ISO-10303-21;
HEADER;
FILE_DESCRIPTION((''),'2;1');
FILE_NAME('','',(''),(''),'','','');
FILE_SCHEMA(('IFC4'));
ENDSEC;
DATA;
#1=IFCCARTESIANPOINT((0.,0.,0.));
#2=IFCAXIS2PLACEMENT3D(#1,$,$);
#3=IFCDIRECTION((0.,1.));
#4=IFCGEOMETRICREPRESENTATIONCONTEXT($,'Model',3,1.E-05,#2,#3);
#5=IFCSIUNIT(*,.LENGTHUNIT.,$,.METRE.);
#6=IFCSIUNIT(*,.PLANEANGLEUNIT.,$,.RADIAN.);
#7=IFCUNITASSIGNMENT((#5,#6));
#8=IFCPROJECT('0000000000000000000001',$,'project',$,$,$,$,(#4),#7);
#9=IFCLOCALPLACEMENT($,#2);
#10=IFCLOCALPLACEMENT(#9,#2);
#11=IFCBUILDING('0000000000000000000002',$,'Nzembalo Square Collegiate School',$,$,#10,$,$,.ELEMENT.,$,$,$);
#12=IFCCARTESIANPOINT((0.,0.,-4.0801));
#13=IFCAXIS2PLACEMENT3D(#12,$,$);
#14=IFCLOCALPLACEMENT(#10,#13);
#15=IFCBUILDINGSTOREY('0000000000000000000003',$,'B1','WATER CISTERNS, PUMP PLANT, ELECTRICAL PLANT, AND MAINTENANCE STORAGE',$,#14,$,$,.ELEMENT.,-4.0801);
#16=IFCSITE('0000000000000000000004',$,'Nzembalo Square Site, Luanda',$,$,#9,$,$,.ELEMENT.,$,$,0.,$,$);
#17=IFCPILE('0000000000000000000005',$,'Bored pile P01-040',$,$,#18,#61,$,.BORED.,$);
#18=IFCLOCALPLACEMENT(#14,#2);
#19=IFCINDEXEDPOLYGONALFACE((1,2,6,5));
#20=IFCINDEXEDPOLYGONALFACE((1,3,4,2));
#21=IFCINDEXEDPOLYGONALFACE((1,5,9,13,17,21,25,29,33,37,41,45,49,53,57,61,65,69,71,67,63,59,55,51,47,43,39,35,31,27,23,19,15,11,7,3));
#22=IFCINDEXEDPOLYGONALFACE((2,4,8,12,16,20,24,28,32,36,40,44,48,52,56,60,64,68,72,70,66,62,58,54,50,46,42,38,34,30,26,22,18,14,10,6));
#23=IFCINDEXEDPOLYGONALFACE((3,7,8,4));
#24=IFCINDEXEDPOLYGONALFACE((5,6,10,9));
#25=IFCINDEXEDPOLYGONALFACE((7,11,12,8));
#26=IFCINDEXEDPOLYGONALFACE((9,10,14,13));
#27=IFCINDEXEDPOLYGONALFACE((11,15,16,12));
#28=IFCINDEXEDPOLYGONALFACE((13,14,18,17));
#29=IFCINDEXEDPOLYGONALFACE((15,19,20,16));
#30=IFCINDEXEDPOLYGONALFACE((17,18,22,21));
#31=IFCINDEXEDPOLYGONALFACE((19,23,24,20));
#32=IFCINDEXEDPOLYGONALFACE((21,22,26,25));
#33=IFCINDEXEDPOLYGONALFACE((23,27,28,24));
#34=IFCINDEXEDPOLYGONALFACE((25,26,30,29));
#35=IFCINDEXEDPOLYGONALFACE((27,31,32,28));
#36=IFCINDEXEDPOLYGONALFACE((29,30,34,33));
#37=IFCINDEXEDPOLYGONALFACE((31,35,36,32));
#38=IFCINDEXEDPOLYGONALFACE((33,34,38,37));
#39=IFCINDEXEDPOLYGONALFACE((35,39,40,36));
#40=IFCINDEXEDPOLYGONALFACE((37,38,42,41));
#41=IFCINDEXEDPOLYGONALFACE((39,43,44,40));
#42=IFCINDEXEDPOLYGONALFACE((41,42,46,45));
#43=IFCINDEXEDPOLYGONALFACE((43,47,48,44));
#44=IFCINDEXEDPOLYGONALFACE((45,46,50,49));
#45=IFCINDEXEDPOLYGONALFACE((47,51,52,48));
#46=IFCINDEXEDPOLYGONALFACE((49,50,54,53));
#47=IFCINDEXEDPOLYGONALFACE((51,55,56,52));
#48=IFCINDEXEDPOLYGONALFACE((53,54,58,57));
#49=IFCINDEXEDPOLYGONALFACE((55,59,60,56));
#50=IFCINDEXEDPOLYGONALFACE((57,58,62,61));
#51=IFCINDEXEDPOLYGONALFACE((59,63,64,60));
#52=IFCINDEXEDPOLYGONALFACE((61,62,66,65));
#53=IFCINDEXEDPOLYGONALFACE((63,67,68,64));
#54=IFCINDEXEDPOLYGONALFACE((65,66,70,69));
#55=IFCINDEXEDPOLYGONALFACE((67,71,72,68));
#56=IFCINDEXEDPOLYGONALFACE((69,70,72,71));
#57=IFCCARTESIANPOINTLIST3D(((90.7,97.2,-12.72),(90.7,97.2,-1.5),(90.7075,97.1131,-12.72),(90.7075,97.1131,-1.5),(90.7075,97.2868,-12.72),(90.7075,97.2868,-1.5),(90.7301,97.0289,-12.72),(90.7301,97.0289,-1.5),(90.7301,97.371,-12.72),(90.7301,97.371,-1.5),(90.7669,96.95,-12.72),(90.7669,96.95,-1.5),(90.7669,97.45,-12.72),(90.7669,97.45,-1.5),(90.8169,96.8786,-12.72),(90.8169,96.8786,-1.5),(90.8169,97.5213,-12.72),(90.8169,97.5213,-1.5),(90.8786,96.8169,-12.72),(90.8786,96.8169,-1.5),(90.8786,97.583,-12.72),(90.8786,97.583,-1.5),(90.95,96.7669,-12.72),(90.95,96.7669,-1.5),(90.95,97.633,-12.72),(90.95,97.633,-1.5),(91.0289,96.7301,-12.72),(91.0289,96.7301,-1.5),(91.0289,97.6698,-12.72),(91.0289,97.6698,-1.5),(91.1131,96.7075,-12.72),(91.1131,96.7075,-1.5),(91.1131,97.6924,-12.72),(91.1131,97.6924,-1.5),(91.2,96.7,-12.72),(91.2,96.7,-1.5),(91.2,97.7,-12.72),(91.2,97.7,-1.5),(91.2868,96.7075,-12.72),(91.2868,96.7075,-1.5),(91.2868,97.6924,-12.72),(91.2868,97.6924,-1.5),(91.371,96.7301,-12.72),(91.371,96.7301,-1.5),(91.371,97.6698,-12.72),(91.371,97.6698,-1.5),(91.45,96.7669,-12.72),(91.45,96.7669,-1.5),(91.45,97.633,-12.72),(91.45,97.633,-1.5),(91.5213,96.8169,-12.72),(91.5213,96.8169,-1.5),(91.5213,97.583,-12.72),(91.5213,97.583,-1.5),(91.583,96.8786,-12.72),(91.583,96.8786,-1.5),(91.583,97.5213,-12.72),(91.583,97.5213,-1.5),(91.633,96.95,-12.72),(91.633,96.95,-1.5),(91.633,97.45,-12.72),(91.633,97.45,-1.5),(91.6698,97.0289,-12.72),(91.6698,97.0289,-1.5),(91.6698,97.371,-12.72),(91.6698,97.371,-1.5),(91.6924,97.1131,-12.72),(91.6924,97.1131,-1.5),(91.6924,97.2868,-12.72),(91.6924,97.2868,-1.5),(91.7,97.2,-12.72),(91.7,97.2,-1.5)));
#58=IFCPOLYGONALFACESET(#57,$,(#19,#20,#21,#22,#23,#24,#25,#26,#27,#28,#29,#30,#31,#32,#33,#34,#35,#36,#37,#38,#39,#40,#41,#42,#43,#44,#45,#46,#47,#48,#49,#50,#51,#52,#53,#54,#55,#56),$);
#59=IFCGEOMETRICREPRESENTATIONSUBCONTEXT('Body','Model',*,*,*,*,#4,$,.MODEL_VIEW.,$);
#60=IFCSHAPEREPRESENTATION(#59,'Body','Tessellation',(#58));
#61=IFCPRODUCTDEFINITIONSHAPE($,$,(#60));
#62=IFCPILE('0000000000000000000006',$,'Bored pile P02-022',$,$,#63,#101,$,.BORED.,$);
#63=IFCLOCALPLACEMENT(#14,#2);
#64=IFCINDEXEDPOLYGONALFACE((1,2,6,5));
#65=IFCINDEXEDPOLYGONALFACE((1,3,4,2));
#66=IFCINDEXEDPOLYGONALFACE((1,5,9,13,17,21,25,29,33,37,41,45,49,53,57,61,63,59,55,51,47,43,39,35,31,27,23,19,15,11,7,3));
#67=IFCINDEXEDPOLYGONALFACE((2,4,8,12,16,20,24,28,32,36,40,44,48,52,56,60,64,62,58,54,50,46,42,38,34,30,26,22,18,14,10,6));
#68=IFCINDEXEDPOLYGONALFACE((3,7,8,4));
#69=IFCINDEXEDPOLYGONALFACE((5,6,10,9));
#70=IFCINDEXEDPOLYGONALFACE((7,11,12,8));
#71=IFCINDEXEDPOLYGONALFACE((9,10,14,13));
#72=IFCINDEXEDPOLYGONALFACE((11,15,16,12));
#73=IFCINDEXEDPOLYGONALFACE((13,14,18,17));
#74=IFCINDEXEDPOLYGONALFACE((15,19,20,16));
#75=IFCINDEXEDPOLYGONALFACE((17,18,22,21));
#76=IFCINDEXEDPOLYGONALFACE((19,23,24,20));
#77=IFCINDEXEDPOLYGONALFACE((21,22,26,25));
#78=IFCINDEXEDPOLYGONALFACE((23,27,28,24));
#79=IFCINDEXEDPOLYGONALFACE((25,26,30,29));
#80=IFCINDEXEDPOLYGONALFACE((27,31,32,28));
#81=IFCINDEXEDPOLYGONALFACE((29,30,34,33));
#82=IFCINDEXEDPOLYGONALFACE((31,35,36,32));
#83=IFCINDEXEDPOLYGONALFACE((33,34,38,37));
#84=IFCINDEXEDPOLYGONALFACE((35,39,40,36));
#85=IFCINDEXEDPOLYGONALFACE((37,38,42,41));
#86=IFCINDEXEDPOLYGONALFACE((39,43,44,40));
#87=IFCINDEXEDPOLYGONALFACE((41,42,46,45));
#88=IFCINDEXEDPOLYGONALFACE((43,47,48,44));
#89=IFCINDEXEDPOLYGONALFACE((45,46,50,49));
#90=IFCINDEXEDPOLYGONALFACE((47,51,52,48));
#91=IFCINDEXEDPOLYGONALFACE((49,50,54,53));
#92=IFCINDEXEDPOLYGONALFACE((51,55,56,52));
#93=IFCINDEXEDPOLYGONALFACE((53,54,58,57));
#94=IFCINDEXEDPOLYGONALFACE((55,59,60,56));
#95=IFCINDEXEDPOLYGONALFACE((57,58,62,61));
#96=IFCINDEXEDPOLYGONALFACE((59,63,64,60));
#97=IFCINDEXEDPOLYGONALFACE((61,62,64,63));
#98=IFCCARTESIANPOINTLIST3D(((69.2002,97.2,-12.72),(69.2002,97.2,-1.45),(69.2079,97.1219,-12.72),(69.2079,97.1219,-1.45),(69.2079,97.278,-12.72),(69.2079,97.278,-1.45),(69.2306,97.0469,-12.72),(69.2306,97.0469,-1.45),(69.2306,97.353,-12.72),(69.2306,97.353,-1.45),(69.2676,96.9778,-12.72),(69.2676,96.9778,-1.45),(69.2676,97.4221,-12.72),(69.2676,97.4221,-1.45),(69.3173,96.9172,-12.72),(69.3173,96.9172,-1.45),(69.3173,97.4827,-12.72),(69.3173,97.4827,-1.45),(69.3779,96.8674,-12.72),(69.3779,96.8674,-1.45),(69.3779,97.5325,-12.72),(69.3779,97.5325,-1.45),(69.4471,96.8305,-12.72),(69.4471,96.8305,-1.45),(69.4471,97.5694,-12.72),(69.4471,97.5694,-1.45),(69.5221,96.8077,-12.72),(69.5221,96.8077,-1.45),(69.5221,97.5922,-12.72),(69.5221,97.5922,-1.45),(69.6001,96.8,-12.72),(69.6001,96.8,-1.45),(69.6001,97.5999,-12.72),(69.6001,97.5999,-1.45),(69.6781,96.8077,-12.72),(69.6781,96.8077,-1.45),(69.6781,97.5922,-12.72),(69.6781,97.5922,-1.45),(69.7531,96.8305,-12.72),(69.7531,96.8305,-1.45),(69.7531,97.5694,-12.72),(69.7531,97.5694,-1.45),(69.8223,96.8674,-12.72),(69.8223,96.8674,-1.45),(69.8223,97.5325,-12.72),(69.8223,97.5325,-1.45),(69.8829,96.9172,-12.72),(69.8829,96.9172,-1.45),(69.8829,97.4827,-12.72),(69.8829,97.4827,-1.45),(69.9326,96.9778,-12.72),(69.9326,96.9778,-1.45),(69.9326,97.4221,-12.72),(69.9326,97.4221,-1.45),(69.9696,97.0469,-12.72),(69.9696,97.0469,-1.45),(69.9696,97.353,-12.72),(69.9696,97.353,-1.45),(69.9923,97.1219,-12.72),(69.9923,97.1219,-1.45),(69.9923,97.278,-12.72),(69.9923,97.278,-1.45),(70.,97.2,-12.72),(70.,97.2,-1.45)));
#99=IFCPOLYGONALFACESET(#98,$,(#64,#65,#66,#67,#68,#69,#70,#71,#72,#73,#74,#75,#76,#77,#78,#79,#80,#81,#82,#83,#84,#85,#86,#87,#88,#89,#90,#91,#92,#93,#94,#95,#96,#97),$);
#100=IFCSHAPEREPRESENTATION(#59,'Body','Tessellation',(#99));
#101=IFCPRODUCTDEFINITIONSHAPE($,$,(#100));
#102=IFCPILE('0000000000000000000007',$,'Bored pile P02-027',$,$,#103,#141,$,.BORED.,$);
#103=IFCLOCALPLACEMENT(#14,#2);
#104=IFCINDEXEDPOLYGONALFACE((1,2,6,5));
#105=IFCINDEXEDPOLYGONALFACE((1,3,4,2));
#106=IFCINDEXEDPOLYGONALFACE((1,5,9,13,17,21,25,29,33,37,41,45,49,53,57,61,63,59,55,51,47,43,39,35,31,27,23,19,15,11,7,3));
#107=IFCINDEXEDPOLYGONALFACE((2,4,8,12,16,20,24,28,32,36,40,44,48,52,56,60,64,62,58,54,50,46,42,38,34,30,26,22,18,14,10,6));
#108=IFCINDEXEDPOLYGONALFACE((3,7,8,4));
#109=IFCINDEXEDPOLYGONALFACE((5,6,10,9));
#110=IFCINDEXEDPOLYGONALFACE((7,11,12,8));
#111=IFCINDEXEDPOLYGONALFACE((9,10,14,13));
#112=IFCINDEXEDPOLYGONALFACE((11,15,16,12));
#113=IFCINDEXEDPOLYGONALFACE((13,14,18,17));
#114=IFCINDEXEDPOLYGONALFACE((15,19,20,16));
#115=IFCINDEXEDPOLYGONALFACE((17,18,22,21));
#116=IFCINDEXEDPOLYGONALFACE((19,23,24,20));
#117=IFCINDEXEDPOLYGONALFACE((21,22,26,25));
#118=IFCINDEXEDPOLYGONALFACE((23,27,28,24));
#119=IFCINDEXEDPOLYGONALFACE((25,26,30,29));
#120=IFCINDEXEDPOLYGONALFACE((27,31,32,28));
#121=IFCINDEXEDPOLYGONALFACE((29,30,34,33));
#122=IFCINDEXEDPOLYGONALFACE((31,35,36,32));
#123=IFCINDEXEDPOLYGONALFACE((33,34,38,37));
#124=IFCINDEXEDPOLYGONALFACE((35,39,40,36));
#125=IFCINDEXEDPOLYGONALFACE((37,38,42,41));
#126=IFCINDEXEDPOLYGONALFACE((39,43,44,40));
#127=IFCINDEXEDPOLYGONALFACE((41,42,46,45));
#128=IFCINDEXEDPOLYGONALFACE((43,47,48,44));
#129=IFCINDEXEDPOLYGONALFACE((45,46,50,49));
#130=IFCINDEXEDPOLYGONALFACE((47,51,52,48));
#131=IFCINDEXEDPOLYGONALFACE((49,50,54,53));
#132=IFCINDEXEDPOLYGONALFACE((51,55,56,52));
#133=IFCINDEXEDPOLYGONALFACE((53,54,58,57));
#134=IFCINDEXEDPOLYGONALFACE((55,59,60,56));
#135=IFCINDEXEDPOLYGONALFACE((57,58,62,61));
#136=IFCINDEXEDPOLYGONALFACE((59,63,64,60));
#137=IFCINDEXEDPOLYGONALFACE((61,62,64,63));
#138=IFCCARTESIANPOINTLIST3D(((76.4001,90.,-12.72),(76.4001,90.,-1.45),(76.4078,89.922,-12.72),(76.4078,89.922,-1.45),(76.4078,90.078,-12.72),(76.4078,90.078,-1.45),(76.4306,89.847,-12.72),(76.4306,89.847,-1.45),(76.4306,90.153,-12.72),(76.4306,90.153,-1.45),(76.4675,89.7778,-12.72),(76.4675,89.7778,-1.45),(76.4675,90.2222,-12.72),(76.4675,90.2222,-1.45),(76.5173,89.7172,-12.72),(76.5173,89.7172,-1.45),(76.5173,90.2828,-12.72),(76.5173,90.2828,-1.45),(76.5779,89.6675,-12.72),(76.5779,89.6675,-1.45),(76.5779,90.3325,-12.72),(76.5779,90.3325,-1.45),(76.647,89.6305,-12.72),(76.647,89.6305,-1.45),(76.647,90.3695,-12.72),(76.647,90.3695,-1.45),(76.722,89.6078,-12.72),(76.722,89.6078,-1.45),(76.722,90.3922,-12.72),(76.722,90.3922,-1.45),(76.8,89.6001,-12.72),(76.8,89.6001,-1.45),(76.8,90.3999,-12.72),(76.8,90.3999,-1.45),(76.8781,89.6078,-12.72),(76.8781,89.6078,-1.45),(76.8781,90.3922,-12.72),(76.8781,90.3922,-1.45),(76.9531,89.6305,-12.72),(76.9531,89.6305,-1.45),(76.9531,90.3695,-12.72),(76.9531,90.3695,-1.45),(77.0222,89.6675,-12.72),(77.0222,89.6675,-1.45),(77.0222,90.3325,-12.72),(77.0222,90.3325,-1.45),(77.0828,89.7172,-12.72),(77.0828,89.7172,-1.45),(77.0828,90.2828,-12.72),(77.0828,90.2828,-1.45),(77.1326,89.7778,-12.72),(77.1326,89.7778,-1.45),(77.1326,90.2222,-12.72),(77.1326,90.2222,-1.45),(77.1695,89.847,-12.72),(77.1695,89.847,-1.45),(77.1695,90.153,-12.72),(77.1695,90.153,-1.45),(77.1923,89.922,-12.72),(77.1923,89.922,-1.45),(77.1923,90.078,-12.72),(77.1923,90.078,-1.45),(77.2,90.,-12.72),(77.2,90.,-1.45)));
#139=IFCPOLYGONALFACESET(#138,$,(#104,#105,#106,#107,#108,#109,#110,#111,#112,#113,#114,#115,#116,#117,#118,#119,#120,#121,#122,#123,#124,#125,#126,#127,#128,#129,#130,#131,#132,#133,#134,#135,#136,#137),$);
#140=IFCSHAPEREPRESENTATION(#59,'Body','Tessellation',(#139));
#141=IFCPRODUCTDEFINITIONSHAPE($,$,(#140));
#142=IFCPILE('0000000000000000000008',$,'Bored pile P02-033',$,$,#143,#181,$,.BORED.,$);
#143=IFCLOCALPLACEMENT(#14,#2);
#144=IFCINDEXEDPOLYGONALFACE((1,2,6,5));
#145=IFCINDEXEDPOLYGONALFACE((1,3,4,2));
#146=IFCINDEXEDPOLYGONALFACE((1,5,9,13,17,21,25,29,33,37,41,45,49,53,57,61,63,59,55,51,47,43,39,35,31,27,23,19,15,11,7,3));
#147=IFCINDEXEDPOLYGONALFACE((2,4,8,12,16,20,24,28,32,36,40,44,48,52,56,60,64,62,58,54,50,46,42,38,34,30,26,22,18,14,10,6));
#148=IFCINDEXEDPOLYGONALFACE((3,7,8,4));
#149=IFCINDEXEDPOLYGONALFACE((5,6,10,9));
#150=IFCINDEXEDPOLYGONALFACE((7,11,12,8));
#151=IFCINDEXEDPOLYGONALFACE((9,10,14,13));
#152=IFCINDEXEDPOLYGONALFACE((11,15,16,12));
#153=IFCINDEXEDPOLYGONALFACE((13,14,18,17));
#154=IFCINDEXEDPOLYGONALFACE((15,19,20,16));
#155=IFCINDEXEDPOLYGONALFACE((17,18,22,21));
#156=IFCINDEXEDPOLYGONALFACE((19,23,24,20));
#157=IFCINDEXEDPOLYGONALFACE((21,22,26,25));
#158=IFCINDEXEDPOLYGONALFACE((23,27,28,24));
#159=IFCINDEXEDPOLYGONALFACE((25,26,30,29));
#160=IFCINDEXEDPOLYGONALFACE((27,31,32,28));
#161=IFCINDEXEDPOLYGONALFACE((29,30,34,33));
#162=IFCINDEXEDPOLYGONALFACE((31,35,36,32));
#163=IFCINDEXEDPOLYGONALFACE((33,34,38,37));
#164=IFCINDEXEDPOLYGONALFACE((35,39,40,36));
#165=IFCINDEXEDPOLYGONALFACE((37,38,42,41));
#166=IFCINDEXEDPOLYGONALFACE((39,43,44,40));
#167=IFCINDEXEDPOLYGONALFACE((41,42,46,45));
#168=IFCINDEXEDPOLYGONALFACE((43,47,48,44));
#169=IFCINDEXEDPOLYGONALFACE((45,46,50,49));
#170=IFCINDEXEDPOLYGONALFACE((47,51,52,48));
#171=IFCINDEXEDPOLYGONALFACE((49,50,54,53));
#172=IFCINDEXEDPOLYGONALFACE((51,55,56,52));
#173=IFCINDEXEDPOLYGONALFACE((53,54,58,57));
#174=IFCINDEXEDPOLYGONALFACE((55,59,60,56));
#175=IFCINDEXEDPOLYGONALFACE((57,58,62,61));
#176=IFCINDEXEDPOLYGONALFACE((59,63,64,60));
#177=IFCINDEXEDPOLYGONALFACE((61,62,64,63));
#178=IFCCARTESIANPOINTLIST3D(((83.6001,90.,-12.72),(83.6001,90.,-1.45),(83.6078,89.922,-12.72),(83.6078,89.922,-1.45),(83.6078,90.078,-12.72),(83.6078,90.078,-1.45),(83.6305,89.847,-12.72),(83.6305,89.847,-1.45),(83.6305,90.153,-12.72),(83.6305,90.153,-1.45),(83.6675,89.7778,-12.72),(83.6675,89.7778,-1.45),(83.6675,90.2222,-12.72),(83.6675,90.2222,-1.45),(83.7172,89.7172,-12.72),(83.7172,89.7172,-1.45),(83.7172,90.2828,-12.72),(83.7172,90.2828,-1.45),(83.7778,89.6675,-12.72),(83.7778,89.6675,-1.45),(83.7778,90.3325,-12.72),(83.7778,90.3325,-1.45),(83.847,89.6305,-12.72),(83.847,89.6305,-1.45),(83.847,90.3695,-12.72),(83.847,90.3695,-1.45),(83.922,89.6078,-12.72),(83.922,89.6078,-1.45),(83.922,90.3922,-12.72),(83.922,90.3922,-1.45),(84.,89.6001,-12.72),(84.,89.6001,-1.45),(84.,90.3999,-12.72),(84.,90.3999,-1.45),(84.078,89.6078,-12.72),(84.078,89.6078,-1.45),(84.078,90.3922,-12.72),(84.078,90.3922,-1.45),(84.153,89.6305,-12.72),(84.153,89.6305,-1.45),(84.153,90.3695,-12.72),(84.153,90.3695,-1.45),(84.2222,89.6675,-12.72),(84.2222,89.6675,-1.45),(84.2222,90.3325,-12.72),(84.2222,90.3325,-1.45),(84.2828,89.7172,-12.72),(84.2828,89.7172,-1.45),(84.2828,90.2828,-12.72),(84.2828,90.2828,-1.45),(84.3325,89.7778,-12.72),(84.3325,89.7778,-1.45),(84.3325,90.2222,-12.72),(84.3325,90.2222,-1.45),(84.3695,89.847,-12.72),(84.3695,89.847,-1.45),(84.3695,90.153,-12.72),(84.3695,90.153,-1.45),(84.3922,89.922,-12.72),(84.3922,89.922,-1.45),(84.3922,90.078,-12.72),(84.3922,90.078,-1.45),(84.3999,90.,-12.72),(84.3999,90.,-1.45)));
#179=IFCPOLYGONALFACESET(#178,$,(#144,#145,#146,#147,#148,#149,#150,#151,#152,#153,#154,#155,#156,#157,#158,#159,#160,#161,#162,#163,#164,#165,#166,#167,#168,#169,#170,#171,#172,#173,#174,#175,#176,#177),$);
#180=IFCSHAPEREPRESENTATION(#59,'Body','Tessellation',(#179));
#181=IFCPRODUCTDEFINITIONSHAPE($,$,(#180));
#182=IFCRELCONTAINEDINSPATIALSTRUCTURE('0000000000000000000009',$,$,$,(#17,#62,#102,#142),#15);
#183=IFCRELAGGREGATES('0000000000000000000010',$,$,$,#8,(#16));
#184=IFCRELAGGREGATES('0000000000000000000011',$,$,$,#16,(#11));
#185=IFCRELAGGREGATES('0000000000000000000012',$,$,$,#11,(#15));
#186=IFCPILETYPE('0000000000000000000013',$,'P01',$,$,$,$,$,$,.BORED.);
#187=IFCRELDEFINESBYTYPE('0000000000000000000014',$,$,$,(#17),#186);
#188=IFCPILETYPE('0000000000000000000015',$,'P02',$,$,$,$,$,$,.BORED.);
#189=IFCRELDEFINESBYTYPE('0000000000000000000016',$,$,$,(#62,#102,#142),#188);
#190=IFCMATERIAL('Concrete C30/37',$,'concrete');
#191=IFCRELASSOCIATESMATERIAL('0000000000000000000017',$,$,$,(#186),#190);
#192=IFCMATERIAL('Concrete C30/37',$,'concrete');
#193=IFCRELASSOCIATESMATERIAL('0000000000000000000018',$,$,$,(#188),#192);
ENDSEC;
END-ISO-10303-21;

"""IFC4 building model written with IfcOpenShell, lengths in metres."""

from ifc_helpers import new_model, si_unit, direction, frame, origin, origin_2d, place, context, subcontext, project, spatial, circle, extrude, material, material_profile, profile_set, type_object, element, save


model = new_model("IFC4")

# Units and contexts
model_context = context("Model", 3, precision=1e-05, world=origin(), true_north=direction((0.0, 1.0)))
body_context = subcontext(model_context, "Body", "Model", "MODEL_VIEW")
ifc_project = project(units=[si_unit("LENGTHUNIT", "METRE"), si_unit("PLANEANGLEUNIT", "RADIAN")], contexts=[model_context])

# Site, building, storey
site_placement = place(None, origin())
site = spatial("IfcSite", under=ifc_project, at=site_placement, Name="Nzembalo Square Site, Luanda", CompositionType="ELEMENT", RefElevation=0.0)
building_placement = place(site_placement, origin())
building = spatial("IfcBuilding", under=site, at=building_placement, Name="Nzembalo Square Collegiate School", CompositionType="ELEMENT")
storey_placement = place(building_placement, frame((0.0, 0.0, -4.0801)))
storey = spatial("IfcBuildingStorey", under=building, at=storey_placement, Name="B1", Description="WATER CISTERNS, PUMP PLANT, ELECTRICAL PLANT, AND MAINTENANCE STORAGE", CompositionType="ELEMENT", Elevation=-4.0801)

# Piles
ifc_material_1 = material(Name="Concrete C30/37", Category="concrete")
ifc_material_profile_1 = material_profile(ifc_material_1, circle(Radius=0.5, at=origin_2d()), Name="PILE D1000")
ifc_profile_set_1 = profile_set([ifc_material_profile_1], Name="Concrete C30/37")
pile_type_1 = type_object("IfcPileType", Name="P01", PredefinedType="BORED", material=ifc_profile_set_1)
for number, where, z_axis, x_axis, name in (
    (1, (91.2, 97.2, -1.5), (0.0, 0.0, -1.0), (1.0, 0.0, 0.0), "Bored pile P01-040"),
):
    element("IfcPile", number, at=place(storey_placement, frame(where, z_axis=z_axis, x_axis=x_axis)), inside=storey, type_object=pile_type_1, Name=name, PredefinedType="BORED", context=body_context, shape_type="SweptSolid", body=[
        extrude(circle(Radius=0.5, at=origin_2d()), origin(), (0.0, 0.0, 1.0), 11.22),
    ])
ifc_material_2 = material(Name="Concrete C30/37", Category="concrete")
ifc_material_profile_2 = material_profile(ifc_material_2, circle(Radius=0.3999, at=origin_2d()), Name="PILE D800")
ifc_profile_set_2 = profile_set([ifc_material_profile_2], Name="Concrete C30/37")
pile_type_2 = type_object("IfcPileType", Name="P02", PredefinedType="BORED", material=ifc_profile_set_2)
for number, where, z_axis, x_axis, name in (
    (2, (69.6001, 97.2, -1.45), (0.0, 0.0, -1.0), (1.0, 0.0, 0.0), "Bored pile P02-022"),
    (3, (76.8, 90.0, -1.45), (0.0, 0.0, -1.0), (1.0, 0.0, 0.0), "Bored pile P02-027"),
    (4, (84.0, 90.0, -1.45), (0.0, 0.0, -1.0), (1.0, 0.0, 0.0), "Bored pile P02-033"),
):
    element("IfcPile", number, at=place(storey_placement, frame(where, z_axis=z_axis, x_axis=x_axis)), inside=storey, type_object=pile_type_2, Name=name, PredefinedType="BORED", context=body_context, shape_type="SweptSolid", body=[
        extrude(circle(Radius=0.3999, at=origin_2d()), origin(), (0.0, 0.0, 1.0), 11.27),
    ])

save(model, "model.ifc")
